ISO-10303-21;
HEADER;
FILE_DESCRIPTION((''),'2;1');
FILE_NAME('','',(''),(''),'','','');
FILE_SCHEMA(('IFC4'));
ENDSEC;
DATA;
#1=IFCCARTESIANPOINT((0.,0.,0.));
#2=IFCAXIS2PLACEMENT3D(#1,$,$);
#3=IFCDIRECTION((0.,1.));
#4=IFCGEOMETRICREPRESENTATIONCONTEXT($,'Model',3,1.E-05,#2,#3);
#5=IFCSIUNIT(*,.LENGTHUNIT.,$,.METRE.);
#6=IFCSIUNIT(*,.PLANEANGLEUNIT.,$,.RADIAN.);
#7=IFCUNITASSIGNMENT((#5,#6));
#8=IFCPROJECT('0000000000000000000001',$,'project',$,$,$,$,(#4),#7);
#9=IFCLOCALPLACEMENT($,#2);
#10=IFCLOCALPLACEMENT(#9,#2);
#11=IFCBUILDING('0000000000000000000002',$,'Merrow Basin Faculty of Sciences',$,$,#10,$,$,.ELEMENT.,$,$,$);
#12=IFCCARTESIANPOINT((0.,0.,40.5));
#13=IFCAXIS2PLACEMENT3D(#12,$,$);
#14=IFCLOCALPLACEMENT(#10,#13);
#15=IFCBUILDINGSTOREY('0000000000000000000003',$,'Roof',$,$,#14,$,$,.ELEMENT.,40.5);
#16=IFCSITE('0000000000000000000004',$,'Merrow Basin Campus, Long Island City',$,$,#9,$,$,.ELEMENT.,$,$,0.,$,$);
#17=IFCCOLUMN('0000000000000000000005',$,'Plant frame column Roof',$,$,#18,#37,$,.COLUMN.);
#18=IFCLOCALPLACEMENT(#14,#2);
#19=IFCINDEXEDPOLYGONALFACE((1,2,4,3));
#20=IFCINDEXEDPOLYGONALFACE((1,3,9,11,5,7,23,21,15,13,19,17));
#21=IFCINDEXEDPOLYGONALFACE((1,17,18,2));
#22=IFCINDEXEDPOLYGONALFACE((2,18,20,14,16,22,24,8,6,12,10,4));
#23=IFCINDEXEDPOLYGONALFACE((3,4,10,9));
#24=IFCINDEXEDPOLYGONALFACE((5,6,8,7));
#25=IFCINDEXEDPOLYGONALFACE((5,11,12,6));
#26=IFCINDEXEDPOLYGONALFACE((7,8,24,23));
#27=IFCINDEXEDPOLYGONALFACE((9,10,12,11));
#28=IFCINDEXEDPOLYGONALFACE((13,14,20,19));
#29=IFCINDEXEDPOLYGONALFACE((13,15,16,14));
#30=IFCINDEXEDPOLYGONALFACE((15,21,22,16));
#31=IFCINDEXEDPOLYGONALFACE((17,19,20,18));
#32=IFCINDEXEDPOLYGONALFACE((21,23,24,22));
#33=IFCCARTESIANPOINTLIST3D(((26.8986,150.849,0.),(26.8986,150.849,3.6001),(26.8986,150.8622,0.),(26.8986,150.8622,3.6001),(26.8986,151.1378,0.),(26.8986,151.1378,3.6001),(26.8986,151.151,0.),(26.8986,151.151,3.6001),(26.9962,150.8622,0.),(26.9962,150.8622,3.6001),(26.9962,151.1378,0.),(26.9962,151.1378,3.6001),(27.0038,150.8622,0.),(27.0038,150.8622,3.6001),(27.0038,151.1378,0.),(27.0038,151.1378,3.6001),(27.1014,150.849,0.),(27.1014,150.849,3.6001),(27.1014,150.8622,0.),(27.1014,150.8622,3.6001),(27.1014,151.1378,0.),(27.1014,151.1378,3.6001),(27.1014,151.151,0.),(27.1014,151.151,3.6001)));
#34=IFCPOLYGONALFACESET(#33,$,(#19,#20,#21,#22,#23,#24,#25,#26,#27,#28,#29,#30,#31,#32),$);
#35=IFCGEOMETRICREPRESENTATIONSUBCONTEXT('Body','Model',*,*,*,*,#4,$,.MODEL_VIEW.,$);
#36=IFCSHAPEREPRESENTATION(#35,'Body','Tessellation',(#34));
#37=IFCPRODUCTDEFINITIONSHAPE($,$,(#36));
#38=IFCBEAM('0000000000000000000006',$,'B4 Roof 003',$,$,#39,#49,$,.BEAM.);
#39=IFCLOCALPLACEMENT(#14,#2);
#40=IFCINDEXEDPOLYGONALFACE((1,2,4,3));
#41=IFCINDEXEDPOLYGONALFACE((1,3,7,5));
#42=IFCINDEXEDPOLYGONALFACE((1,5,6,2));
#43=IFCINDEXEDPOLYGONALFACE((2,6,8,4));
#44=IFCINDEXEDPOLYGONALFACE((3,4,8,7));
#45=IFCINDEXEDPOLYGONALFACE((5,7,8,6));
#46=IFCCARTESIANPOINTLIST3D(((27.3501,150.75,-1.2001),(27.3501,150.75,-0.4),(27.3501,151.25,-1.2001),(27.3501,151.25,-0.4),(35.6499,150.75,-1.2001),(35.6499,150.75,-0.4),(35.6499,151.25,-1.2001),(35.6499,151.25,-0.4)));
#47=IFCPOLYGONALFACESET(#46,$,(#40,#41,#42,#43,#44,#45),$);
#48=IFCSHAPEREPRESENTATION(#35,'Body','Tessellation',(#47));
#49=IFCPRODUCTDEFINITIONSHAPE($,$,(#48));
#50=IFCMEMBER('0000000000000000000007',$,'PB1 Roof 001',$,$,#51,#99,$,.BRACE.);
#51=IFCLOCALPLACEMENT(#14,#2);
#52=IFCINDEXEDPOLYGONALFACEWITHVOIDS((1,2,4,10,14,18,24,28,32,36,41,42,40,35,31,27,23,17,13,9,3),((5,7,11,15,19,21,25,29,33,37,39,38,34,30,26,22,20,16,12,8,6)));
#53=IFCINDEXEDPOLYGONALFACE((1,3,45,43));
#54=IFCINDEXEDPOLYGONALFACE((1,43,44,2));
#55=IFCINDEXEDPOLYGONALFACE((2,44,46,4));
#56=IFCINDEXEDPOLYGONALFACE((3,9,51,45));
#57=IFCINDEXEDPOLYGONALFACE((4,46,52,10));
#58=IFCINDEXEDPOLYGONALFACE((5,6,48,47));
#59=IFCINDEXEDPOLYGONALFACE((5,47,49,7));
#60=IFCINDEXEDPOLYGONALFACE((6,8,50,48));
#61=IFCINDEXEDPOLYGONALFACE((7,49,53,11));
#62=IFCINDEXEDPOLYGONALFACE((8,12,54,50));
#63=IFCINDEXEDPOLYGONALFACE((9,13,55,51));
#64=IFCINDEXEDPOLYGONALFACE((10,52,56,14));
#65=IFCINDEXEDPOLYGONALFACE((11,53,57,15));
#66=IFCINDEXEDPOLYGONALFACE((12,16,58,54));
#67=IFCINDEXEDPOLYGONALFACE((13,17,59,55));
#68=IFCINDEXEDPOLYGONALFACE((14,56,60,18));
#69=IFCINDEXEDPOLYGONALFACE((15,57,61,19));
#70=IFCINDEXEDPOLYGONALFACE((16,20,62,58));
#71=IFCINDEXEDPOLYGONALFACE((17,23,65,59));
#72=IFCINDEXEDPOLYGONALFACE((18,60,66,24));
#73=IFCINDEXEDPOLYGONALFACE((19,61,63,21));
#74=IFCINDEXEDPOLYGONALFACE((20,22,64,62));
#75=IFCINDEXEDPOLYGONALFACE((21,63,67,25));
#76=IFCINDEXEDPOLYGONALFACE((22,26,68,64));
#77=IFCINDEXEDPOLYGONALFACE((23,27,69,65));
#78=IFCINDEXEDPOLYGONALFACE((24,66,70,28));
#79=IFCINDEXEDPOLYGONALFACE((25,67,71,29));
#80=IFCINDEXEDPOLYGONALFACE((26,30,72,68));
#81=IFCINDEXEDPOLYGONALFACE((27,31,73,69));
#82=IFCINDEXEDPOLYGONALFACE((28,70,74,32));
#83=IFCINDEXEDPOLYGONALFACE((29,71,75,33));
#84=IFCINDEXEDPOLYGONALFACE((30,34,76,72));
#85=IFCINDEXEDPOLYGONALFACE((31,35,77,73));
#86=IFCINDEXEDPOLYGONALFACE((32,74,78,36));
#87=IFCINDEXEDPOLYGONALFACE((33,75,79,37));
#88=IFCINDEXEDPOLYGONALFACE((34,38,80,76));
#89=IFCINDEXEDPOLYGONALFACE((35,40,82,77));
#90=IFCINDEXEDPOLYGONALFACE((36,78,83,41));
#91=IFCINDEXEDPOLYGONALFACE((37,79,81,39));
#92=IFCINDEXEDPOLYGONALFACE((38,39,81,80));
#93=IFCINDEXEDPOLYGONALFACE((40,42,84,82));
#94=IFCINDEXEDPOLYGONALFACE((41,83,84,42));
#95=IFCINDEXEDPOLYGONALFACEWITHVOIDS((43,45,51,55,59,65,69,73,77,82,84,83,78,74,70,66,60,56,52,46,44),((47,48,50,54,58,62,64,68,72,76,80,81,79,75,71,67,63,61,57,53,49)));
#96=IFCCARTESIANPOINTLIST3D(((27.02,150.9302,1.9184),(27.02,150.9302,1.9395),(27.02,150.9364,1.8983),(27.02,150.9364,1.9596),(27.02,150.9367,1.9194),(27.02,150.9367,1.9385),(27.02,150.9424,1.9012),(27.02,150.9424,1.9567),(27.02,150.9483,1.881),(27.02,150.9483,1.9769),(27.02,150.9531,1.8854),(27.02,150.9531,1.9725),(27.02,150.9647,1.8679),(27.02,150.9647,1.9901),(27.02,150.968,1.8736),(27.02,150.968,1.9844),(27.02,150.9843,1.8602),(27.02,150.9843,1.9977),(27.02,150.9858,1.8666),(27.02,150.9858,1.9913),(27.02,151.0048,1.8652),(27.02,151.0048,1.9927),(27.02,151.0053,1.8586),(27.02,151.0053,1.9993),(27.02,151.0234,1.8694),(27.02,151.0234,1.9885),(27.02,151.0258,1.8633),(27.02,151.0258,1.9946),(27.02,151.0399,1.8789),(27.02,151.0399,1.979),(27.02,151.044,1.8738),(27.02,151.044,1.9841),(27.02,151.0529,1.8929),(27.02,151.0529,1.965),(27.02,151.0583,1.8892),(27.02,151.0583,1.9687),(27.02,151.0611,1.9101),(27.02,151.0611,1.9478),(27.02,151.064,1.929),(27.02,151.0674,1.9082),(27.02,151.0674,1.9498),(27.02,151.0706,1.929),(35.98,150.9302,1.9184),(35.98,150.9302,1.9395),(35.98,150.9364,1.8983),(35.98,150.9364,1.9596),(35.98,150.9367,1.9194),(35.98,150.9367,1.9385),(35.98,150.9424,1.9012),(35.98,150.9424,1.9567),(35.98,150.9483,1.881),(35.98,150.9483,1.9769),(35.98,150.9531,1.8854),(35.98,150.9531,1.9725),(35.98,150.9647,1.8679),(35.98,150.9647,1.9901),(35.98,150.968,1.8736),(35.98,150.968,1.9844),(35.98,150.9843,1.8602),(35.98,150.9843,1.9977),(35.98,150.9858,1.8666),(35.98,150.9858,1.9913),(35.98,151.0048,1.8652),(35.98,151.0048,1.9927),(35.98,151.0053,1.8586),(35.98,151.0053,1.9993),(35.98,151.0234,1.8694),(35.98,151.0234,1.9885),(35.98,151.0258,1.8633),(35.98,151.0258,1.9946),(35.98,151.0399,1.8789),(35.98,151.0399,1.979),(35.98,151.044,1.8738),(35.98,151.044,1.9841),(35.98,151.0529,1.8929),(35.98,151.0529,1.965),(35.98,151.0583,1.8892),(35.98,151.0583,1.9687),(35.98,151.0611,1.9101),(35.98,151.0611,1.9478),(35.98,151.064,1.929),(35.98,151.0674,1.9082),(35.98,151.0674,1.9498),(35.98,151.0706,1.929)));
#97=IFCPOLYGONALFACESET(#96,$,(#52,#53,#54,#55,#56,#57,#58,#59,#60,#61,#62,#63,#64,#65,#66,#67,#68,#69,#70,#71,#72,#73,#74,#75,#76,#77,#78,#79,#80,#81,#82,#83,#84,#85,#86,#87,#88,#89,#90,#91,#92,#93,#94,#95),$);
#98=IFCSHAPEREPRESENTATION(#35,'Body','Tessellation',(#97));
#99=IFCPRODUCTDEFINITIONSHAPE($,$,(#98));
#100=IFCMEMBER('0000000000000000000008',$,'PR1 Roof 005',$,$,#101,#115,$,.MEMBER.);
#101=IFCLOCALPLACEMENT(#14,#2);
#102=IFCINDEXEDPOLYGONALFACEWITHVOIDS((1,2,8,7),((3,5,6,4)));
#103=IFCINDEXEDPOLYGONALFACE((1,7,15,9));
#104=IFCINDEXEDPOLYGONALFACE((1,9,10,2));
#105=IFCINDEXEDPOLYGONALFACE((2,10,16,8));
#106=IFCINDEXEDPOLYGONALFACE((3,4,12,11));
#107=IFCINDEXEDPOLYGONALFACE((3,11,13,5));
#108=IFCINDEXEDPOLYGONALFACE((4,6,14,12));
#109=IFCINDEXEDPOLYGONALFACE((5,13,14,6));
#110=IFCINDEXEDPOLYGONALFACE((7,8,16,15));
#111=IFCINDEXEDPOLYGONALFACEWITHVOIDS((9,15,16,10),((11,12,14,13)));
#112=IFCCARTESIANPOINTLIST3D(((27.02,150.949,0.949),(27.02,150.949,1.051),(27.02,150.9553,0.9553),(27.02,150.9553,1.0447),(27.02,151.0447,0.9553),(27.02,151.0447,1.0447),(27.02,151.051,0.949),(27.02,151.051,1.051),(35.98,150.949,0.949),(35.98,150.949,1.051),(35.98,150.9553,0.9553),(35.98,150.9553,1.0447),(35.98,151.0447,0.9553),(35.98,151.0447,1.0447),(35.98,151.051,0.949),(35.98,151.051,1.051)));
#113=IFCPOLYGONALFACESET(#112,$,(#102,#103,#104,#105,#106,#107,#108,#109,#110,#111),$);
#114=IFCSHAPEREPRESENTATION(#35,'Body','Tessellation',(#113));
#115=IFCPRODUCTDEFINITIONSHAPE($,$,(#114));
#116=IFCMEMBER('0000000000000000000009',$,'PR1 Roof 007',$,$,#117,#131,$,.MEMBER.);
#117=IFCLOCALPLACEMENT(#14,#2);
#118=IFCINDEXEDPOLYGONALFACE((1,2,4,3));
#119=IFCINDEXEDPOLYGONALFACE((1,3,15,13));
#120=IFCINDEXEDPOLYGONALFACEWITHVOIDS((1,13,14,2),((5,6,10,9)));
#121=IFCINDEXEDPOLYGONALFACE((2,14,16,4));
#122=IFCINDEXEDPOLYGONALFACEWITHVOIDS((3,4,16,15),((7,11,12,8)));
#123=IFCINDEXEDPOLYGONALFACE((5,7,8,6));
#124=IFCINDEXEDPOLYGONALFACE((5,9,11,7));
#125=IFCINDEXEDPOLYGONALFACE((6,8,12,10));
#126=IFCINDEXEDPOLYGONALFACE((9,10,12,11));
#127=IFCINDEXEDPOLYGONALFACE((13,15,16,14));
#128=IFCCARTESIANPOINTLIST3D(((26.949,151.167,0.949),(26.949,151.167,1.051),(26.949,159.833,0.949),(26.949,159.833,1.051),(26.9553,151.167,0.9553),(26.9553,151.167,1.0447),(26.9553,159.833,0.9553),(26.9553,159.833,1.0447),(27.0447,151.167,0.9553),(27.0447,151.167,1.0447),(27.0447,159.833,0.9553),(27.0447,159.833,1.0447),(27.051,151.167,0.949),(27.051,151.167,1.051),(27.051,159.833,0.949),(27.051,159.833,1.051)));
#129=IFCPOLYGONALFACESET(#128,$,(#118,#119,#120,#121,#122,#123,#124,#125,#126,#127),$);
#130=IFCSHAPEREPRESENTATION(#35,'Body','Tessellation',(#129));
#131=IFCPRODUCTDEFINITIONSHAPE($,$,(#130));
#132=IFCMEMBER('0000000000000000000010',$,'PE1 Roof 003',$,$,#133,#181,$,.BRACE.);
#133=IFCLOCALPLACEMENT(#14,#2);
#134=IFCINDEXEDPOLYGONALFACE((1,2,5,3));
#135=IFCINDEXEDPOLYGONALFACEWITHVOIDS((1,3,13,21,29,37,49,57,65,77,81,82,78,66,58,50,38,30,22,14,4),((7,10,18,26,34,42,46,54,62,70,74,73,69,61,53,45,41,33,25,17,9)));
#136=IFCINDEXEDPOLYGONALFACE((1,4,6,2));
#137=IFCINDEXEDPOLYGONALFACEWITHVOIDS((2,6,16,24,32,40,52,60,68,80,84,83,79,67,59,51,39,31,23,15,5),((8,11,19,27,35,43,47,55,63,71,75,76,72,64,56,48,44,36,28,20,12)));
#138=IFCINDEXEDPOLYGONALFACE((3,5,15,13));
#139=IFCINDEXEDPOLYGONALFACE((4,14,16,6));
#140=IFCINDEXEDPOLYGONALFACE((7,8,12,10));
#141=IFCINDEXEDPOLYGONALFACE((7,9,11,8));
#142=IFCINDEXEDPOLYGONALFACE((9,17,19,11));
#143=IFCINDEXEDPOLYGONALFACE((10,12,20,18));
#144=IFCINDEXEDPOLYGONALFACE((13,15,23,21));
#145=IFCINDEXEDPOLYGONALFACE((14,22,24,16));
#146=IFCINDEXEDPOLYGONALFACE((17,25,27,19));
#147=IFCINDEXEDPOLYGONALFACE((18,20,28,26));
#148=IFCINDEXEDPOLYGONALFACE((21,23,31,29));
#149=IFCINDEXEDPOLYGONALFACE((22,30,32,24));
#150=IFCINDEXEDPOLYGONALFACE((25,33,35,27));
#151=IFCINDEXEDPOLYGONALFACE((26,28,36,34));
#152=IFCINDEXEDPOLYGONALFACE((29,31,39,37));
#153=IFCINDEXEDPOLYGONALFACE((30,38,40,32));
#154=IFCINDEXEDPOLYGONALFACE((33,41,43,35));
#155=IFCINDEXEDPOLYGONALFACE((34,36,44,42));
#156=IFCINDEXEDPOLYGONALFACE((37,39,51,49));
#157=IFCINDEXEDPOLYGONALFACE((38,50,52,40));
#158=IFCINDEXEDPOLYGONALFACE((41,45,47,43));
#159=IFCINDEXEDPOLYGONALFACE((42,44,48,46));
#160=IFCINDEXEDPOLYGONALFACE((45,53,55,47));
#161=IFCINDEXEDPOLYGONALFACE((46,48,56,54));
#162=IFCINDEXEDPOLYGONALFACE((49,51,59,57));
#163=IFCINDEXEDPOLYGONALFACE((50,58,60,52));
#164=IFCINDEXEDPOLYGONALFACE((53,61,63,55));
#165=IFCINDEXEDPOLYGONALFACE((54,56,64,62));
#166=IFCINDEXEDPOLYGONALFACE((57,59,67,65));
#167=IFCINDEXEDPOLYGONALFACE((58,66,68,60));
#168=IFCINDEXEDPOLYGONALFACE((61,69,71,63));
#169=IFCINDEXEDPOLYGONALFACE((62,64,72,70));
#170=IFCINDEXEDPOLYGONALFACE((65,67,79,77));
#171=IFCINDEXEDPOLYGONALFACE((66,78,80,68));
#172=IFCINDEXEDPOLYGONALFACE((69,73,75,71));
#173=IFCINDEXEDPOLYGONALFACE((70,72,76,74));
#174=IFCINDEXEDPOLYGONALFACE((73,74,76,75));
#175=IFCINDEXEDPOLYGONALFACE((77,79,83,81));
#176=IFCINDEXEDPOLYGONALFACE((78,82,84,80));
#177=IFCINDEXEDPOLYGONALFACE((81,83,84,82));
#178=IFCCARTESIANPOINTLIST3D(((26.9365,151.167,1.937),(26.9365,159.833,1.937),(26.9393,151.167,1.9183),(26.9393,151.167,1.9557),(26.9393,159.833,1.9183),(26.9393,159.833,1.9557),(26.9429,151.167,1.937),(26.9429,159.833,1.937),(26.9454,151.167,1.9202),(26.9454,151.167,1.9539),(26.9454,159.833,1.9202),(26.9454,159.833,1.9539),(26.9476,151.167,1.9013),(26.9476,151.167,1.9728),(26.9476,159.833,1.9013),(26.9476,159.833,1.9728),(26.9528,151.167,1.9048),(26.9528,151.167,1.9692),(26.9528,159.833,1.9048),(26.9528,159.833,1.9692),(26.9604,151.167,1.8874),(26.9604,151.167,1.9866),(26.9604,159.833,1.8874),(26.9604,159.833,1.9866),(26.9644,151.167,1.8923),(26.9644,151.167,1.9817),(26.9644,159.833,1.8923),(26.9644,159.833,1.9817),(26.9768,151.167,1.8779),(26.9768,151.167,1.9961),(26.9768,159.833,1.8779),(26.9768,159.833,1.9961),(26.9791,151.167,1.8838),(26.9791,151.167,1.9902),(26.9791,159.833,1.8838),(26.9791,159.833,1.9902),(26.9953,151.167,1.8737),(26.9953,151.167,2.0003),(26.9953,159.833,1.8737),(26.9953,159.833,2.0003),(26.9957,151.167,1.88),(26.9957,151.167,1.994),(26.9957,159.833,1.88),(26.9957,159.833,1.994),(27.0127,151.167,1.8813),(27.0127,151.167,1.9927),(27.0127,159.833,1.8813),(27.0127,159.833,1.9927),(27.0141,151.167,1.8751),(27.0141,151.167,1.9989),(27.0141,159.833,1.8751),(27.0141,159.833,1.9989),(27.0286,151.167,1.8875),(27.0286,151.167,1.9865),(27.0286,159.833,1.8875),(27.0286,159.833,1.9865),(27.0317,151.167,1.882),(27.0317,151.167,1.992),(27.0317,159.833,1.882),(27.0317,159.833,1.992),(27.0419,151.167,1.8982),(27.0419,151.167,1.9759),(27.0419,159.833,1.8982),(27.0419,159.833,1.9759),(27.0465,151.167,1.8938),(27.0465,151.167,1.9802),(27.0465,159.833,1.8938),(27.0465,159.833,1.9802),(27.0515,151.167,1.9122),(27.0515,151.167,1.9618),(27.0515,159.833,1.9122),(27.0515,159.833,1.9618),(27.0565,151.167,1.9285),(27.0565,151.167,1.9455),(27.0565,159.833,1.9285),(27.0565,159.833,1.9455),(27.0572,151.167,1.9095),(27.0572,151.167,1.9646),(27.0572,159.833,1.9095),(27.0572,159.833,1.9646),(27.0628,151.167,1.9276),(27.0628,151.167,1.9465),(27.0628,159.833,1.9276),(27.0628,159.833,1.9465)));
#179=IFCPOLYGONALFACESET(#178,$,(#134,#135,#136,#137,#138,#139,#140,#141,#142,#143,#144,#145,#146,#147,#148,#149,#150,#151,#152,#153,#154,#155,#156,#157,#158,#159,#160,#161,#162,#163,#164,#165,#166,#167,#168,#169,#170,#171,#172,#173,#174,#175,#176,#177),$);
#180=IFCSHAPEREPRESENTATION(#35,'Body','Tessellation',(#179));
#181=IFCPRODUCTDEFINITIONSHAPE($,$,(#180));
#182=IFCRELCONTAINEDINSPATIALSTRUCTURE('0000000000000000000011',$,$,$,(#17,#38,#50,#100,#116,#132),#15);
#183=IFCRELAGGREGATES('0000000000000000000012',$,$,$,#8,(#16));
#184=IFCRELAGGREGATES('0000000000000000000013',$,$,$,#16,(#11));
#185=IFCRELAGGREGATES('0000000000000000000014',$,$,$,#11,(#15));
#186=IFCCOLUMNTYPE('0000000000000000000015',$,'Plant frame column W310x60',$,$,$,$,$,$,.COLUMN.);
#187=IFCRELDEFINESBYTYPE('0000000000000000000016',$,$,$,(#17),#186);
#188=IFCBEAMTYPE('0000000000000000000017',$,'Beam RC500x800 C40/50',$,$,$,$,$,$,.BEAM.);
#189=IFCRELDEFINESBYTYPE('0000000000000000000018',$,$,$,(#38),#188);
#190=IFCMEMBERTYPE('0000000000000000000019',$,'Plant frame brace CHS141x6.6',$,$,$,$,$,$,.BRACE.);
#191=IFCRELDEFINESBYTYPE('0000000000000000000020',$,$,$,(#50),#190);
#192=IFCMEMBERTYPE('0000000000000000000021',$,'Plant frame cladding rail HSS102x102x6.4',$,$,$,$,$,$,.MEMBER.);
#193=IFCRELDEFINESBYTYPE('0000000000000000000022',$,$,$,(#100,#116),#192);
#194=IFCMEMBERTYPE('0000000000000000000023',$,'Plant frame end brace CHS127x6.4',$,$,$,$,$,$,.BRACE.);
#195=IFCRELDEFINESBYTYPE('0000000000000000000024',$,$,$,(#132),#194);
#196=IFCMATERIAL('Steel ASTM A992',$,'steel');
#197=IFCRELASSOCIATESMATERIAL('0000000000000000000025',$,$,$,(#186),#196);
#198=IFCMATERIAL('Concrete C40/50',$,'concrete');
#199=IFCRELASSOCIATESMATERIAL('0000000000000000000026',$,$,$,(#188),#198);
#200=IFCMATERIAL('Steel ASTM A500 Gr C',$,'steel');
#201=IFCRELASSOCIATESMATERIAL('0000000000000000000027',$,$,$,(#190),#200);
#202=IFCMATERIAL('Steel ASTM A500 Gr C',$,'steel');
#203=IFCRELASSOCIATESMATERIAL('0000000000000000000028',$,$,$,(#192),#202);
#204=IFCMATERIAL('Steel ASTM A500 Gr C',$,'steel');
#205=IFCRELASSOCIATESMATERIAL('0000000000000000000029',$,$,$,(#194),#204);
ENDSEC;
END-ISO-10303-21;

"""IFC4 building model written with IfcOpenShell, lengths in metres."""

from ifc_helpers import new_model, si_unit, direction, frame, origin, origin_2d, place, context, subcontext, project, spatial, rectangle, hollow_rectangle, hollow_circle, i_section, extrude, material, material_profile, profile_set, type_object, element, save


model = new_model("IFC4")

# Units and contexts
model_context = context("Model", 3, precision=1e-05, world=origin(), true_north=direction((0.0, 1.0)))
body_context = subcontext(model_context, "Body", "Model", "MODEL_VIEW")
ifc_project = project(units=[si_unit("LENGTHUNIT", "METRE"), si_unit("PLANEANGLEUNIT", "RADIAN")], contexts=[model_context])

# Site, building, storey
site_placement = place(None, origin())
site = spatial("IfcSite", under=ifc_project, at=site_placement, Name="Merrow Basin Campus, Long Island City", CompositionType="ELEMENT", RefElevation=0.0)
building_placement = place(site_placement, origin())
building = spatial("IfcBuilding", under=site, at=building_placement, Name="Merrow Basin Faculty of Sciences", CompositionType="ELEMENT")
storey_placement = place(building_placement, frame((0.0, 0.0, 40.5)))
storey = spatial("IfcBuildingStorey", under=building, at=storey_placement, Name="Roof", CompositionType="ELEMENT", Elevation=40.5)

# Column
ifc_material_1 = material(Name="Steel ASTM A992", Category="steel")
ifc_material_profile_1 = material_profile(ifc_material_1, i_section(OverallWidth=0.2029, OverallDepth=0.302, WebThickness=0.0076, FlangeThickness=0.0132, at=origin_2d()))
ifc_profile_set_1 = profile_set([ifc_material_profile_1], Name="Steel ASTM A992")
column_type = type_object("IfcColumnType", Name="Plant frame column W310x60", PredefinedType="COLUMN", material=ifc_profile_set_1)
column_placement = place(storey_placement, frame((27.0, 151.0, 0.0), z_axis=(0.0, 0.0, 1.0), x_axis=(1.0, 0.0, 0.0)))
element("IfcColumn", 1, at=column_placement, inside=storey, type_object=column_type, Name="Plant frame column Roof", PredefinedType="COLUMN", context=body_context, shape_type="SweptSolid", body=[
    extrude(i_section(OverallWidth=0.2029, OverallDepth=0.302, WebThickness=0.0076, FlangeThickness=0.0132, at=origin_2d()), origin(), (0.0, 0.0, 1.0), 3.6001),
])

# Beam
ifc_material_2 = material(Name="Concrete C40/50", Category="concrete")
ifc_material_profile_2 = material_profile(ifc_material_2, rectangle(XDim=0.5, YDim=0.8, at=origin_2d()))
ifc_profile_set_2 = profile_set([ifc_material_profile_2], Name="Concrete C40/50")
beam_type_1 = type_object("IfcBeamType", Name="Beam RC500x800 C40/50", PredefinedType="BEAM", material=ifc_profile_set_2)
beam_1_placement = place(storey_placement, frame((27.3501, 151.0, -0.8), z_axis=(1.0, 0.0, 0.0), x_axis=(0.0, 1.0, 0.0)))
element("IfcBeam", 2, at=beam_1_placement, inside=storey, type_object=beam_type_1, Name="B4 Roof 003", PredefinedType="BEAM", context=body_context, shape_type="SweptSolid", body=[
    extrude(rectangle(XDim=0.5, YDim=0.8, at=origin_2d()), origin(), (0.0, 0.0, 1.0), 8.2998),
])

# Members
ifc_material_3 = material(Name="Steel ASTM A500 Gr C", Category="steel")
ifc_material_profile_3 = material_profile(ifc_material_3, hollow_circle(Radius=0.0706, WallThickness=0.0066, at=origin_2d()))
ifc_profile_set_3 = profile_set([ifc_material_profile_3], Name="Steel ASTM A500 Gr C")
member_type_1 = type_object("IfcMemberType", Name="Plant frame brace CHS141x6.6", PredefinedType="BRACE", material=ifc_profile_set_3)
member_1_placement = place(storey_placement, frame((27.02, 151.0, 1.929), z_axis=(1.0, 0.0, 0.0), x_axis=(0.0, 1.0, 0.0)))
element("IfcMember", 3, at=member_1_placement, inside=storey, type_object=member_type_1, Name="PB1 Roof 001", PredefinedType="BRACE", context=body_context, shape_type="SweptSolid", body=[
    extrude(hollow_circle(Radius=0.0706, WallThickness=0.0066, at=origin_2d()), origin(), (0.0, 0.0, 1.0), 8.96),
])
ifc_material_4 = material(Name="Steel ASTM A500 Gr C", Category="steel")
ifc_material_profile_4 = material_profile(ifc_material_4, hollow_rectangle(XDim=0.1021, YDim=0.1021, WallThickness=0.0063, at=origin_2d()))
ifc_profile_set_4 = profile_set([ifc_material_profile_4], Name="Steel ASTM A500 Gr C")
member_type_2 = type_object("IfcMemberType", Name="Plant frame cladding rail HSS102x102x6.4", PredefinedType="MEMBER", material=ifc_profile_set_4)
member_2_placement = place(storey_placement, frame((27.02, 151.0, 1.0), z_axis=(1.0, 0.0, 0.0), x_axis=(0.0, 1.0, 0.0)))
element("IfcMember", 4, at=member_2_placement, inside=storey, type_object=member_type_2, Name="PR1 Roof 005", PredefinedType="MEMBER", context=body_context, shape_type="SweptSolid", body=[
    extrude(hollow_rectangle(XDim=0.1021, YDim=0.1021, WallThickness=0.0063, at=origin_2d()), origin(), (0.0, 0.0, 1.0), 8.96),
])
member_3_placement = place(storey_placement, frame((27.0, 151.167, 1.0), z_axis=(0.0, 1.0, 0.0), x_axis=(-1.0, 0.0, 0.0)))
element("IfcMember", 5, at=member_3_placement, inside=storey, type_object=member_type_2, Name="PR1 Roof 007", PredefinedType="MEMBER", context=body_context, shape_type="SweptSolid", body=[
    extrude(hollow_rectangle(XDim=0.1021, YDim=0.1021, WallThickness=0.0063, at=origin_2d()), origin(), (0.0, 0.0, 1.0), 8.666),
])
ifc_material_5 = material(Name="Steel ASTM A500 Gr C", Category="steel")
ifc_material_profile_5 = material_profile(ifc_material_5, hollow_circle(Radius=0.0635, WallThickness=0.0063, at=origin_2d()))
ifc_profile_set_5 = profile_set([ifc_material_profile_5], Name="Steel ASTM A500 Gr C")
member_type_3 = type_object("IfcMemberType", Name="Plant frame end brace CHS127x6.4", PredefinedType="BRACE", material=ifc_profile_set_5)
member_4_placement = place(storey_placement, frame((27.0, 151.167, 1.937), z_axis=(0.0, 1.0, 0.0), x_axis=(-1.0, 0.0, 0.0)))
element("IfcMember", 6, at=member_4_placement, inside=storey, type_object=member_type_3, Name="PE1 Roof 003", PredefinedType="BRACE", context=body_context, shape_type="SweptSolid", body=[
    extrude(hollow_circle(Radius=0.0635, WallThickness=0.0063, at=origin_2d()), origin(), (0.0, 0.0, 1.0), 8.666),
])

save(model, "model.ifc")
